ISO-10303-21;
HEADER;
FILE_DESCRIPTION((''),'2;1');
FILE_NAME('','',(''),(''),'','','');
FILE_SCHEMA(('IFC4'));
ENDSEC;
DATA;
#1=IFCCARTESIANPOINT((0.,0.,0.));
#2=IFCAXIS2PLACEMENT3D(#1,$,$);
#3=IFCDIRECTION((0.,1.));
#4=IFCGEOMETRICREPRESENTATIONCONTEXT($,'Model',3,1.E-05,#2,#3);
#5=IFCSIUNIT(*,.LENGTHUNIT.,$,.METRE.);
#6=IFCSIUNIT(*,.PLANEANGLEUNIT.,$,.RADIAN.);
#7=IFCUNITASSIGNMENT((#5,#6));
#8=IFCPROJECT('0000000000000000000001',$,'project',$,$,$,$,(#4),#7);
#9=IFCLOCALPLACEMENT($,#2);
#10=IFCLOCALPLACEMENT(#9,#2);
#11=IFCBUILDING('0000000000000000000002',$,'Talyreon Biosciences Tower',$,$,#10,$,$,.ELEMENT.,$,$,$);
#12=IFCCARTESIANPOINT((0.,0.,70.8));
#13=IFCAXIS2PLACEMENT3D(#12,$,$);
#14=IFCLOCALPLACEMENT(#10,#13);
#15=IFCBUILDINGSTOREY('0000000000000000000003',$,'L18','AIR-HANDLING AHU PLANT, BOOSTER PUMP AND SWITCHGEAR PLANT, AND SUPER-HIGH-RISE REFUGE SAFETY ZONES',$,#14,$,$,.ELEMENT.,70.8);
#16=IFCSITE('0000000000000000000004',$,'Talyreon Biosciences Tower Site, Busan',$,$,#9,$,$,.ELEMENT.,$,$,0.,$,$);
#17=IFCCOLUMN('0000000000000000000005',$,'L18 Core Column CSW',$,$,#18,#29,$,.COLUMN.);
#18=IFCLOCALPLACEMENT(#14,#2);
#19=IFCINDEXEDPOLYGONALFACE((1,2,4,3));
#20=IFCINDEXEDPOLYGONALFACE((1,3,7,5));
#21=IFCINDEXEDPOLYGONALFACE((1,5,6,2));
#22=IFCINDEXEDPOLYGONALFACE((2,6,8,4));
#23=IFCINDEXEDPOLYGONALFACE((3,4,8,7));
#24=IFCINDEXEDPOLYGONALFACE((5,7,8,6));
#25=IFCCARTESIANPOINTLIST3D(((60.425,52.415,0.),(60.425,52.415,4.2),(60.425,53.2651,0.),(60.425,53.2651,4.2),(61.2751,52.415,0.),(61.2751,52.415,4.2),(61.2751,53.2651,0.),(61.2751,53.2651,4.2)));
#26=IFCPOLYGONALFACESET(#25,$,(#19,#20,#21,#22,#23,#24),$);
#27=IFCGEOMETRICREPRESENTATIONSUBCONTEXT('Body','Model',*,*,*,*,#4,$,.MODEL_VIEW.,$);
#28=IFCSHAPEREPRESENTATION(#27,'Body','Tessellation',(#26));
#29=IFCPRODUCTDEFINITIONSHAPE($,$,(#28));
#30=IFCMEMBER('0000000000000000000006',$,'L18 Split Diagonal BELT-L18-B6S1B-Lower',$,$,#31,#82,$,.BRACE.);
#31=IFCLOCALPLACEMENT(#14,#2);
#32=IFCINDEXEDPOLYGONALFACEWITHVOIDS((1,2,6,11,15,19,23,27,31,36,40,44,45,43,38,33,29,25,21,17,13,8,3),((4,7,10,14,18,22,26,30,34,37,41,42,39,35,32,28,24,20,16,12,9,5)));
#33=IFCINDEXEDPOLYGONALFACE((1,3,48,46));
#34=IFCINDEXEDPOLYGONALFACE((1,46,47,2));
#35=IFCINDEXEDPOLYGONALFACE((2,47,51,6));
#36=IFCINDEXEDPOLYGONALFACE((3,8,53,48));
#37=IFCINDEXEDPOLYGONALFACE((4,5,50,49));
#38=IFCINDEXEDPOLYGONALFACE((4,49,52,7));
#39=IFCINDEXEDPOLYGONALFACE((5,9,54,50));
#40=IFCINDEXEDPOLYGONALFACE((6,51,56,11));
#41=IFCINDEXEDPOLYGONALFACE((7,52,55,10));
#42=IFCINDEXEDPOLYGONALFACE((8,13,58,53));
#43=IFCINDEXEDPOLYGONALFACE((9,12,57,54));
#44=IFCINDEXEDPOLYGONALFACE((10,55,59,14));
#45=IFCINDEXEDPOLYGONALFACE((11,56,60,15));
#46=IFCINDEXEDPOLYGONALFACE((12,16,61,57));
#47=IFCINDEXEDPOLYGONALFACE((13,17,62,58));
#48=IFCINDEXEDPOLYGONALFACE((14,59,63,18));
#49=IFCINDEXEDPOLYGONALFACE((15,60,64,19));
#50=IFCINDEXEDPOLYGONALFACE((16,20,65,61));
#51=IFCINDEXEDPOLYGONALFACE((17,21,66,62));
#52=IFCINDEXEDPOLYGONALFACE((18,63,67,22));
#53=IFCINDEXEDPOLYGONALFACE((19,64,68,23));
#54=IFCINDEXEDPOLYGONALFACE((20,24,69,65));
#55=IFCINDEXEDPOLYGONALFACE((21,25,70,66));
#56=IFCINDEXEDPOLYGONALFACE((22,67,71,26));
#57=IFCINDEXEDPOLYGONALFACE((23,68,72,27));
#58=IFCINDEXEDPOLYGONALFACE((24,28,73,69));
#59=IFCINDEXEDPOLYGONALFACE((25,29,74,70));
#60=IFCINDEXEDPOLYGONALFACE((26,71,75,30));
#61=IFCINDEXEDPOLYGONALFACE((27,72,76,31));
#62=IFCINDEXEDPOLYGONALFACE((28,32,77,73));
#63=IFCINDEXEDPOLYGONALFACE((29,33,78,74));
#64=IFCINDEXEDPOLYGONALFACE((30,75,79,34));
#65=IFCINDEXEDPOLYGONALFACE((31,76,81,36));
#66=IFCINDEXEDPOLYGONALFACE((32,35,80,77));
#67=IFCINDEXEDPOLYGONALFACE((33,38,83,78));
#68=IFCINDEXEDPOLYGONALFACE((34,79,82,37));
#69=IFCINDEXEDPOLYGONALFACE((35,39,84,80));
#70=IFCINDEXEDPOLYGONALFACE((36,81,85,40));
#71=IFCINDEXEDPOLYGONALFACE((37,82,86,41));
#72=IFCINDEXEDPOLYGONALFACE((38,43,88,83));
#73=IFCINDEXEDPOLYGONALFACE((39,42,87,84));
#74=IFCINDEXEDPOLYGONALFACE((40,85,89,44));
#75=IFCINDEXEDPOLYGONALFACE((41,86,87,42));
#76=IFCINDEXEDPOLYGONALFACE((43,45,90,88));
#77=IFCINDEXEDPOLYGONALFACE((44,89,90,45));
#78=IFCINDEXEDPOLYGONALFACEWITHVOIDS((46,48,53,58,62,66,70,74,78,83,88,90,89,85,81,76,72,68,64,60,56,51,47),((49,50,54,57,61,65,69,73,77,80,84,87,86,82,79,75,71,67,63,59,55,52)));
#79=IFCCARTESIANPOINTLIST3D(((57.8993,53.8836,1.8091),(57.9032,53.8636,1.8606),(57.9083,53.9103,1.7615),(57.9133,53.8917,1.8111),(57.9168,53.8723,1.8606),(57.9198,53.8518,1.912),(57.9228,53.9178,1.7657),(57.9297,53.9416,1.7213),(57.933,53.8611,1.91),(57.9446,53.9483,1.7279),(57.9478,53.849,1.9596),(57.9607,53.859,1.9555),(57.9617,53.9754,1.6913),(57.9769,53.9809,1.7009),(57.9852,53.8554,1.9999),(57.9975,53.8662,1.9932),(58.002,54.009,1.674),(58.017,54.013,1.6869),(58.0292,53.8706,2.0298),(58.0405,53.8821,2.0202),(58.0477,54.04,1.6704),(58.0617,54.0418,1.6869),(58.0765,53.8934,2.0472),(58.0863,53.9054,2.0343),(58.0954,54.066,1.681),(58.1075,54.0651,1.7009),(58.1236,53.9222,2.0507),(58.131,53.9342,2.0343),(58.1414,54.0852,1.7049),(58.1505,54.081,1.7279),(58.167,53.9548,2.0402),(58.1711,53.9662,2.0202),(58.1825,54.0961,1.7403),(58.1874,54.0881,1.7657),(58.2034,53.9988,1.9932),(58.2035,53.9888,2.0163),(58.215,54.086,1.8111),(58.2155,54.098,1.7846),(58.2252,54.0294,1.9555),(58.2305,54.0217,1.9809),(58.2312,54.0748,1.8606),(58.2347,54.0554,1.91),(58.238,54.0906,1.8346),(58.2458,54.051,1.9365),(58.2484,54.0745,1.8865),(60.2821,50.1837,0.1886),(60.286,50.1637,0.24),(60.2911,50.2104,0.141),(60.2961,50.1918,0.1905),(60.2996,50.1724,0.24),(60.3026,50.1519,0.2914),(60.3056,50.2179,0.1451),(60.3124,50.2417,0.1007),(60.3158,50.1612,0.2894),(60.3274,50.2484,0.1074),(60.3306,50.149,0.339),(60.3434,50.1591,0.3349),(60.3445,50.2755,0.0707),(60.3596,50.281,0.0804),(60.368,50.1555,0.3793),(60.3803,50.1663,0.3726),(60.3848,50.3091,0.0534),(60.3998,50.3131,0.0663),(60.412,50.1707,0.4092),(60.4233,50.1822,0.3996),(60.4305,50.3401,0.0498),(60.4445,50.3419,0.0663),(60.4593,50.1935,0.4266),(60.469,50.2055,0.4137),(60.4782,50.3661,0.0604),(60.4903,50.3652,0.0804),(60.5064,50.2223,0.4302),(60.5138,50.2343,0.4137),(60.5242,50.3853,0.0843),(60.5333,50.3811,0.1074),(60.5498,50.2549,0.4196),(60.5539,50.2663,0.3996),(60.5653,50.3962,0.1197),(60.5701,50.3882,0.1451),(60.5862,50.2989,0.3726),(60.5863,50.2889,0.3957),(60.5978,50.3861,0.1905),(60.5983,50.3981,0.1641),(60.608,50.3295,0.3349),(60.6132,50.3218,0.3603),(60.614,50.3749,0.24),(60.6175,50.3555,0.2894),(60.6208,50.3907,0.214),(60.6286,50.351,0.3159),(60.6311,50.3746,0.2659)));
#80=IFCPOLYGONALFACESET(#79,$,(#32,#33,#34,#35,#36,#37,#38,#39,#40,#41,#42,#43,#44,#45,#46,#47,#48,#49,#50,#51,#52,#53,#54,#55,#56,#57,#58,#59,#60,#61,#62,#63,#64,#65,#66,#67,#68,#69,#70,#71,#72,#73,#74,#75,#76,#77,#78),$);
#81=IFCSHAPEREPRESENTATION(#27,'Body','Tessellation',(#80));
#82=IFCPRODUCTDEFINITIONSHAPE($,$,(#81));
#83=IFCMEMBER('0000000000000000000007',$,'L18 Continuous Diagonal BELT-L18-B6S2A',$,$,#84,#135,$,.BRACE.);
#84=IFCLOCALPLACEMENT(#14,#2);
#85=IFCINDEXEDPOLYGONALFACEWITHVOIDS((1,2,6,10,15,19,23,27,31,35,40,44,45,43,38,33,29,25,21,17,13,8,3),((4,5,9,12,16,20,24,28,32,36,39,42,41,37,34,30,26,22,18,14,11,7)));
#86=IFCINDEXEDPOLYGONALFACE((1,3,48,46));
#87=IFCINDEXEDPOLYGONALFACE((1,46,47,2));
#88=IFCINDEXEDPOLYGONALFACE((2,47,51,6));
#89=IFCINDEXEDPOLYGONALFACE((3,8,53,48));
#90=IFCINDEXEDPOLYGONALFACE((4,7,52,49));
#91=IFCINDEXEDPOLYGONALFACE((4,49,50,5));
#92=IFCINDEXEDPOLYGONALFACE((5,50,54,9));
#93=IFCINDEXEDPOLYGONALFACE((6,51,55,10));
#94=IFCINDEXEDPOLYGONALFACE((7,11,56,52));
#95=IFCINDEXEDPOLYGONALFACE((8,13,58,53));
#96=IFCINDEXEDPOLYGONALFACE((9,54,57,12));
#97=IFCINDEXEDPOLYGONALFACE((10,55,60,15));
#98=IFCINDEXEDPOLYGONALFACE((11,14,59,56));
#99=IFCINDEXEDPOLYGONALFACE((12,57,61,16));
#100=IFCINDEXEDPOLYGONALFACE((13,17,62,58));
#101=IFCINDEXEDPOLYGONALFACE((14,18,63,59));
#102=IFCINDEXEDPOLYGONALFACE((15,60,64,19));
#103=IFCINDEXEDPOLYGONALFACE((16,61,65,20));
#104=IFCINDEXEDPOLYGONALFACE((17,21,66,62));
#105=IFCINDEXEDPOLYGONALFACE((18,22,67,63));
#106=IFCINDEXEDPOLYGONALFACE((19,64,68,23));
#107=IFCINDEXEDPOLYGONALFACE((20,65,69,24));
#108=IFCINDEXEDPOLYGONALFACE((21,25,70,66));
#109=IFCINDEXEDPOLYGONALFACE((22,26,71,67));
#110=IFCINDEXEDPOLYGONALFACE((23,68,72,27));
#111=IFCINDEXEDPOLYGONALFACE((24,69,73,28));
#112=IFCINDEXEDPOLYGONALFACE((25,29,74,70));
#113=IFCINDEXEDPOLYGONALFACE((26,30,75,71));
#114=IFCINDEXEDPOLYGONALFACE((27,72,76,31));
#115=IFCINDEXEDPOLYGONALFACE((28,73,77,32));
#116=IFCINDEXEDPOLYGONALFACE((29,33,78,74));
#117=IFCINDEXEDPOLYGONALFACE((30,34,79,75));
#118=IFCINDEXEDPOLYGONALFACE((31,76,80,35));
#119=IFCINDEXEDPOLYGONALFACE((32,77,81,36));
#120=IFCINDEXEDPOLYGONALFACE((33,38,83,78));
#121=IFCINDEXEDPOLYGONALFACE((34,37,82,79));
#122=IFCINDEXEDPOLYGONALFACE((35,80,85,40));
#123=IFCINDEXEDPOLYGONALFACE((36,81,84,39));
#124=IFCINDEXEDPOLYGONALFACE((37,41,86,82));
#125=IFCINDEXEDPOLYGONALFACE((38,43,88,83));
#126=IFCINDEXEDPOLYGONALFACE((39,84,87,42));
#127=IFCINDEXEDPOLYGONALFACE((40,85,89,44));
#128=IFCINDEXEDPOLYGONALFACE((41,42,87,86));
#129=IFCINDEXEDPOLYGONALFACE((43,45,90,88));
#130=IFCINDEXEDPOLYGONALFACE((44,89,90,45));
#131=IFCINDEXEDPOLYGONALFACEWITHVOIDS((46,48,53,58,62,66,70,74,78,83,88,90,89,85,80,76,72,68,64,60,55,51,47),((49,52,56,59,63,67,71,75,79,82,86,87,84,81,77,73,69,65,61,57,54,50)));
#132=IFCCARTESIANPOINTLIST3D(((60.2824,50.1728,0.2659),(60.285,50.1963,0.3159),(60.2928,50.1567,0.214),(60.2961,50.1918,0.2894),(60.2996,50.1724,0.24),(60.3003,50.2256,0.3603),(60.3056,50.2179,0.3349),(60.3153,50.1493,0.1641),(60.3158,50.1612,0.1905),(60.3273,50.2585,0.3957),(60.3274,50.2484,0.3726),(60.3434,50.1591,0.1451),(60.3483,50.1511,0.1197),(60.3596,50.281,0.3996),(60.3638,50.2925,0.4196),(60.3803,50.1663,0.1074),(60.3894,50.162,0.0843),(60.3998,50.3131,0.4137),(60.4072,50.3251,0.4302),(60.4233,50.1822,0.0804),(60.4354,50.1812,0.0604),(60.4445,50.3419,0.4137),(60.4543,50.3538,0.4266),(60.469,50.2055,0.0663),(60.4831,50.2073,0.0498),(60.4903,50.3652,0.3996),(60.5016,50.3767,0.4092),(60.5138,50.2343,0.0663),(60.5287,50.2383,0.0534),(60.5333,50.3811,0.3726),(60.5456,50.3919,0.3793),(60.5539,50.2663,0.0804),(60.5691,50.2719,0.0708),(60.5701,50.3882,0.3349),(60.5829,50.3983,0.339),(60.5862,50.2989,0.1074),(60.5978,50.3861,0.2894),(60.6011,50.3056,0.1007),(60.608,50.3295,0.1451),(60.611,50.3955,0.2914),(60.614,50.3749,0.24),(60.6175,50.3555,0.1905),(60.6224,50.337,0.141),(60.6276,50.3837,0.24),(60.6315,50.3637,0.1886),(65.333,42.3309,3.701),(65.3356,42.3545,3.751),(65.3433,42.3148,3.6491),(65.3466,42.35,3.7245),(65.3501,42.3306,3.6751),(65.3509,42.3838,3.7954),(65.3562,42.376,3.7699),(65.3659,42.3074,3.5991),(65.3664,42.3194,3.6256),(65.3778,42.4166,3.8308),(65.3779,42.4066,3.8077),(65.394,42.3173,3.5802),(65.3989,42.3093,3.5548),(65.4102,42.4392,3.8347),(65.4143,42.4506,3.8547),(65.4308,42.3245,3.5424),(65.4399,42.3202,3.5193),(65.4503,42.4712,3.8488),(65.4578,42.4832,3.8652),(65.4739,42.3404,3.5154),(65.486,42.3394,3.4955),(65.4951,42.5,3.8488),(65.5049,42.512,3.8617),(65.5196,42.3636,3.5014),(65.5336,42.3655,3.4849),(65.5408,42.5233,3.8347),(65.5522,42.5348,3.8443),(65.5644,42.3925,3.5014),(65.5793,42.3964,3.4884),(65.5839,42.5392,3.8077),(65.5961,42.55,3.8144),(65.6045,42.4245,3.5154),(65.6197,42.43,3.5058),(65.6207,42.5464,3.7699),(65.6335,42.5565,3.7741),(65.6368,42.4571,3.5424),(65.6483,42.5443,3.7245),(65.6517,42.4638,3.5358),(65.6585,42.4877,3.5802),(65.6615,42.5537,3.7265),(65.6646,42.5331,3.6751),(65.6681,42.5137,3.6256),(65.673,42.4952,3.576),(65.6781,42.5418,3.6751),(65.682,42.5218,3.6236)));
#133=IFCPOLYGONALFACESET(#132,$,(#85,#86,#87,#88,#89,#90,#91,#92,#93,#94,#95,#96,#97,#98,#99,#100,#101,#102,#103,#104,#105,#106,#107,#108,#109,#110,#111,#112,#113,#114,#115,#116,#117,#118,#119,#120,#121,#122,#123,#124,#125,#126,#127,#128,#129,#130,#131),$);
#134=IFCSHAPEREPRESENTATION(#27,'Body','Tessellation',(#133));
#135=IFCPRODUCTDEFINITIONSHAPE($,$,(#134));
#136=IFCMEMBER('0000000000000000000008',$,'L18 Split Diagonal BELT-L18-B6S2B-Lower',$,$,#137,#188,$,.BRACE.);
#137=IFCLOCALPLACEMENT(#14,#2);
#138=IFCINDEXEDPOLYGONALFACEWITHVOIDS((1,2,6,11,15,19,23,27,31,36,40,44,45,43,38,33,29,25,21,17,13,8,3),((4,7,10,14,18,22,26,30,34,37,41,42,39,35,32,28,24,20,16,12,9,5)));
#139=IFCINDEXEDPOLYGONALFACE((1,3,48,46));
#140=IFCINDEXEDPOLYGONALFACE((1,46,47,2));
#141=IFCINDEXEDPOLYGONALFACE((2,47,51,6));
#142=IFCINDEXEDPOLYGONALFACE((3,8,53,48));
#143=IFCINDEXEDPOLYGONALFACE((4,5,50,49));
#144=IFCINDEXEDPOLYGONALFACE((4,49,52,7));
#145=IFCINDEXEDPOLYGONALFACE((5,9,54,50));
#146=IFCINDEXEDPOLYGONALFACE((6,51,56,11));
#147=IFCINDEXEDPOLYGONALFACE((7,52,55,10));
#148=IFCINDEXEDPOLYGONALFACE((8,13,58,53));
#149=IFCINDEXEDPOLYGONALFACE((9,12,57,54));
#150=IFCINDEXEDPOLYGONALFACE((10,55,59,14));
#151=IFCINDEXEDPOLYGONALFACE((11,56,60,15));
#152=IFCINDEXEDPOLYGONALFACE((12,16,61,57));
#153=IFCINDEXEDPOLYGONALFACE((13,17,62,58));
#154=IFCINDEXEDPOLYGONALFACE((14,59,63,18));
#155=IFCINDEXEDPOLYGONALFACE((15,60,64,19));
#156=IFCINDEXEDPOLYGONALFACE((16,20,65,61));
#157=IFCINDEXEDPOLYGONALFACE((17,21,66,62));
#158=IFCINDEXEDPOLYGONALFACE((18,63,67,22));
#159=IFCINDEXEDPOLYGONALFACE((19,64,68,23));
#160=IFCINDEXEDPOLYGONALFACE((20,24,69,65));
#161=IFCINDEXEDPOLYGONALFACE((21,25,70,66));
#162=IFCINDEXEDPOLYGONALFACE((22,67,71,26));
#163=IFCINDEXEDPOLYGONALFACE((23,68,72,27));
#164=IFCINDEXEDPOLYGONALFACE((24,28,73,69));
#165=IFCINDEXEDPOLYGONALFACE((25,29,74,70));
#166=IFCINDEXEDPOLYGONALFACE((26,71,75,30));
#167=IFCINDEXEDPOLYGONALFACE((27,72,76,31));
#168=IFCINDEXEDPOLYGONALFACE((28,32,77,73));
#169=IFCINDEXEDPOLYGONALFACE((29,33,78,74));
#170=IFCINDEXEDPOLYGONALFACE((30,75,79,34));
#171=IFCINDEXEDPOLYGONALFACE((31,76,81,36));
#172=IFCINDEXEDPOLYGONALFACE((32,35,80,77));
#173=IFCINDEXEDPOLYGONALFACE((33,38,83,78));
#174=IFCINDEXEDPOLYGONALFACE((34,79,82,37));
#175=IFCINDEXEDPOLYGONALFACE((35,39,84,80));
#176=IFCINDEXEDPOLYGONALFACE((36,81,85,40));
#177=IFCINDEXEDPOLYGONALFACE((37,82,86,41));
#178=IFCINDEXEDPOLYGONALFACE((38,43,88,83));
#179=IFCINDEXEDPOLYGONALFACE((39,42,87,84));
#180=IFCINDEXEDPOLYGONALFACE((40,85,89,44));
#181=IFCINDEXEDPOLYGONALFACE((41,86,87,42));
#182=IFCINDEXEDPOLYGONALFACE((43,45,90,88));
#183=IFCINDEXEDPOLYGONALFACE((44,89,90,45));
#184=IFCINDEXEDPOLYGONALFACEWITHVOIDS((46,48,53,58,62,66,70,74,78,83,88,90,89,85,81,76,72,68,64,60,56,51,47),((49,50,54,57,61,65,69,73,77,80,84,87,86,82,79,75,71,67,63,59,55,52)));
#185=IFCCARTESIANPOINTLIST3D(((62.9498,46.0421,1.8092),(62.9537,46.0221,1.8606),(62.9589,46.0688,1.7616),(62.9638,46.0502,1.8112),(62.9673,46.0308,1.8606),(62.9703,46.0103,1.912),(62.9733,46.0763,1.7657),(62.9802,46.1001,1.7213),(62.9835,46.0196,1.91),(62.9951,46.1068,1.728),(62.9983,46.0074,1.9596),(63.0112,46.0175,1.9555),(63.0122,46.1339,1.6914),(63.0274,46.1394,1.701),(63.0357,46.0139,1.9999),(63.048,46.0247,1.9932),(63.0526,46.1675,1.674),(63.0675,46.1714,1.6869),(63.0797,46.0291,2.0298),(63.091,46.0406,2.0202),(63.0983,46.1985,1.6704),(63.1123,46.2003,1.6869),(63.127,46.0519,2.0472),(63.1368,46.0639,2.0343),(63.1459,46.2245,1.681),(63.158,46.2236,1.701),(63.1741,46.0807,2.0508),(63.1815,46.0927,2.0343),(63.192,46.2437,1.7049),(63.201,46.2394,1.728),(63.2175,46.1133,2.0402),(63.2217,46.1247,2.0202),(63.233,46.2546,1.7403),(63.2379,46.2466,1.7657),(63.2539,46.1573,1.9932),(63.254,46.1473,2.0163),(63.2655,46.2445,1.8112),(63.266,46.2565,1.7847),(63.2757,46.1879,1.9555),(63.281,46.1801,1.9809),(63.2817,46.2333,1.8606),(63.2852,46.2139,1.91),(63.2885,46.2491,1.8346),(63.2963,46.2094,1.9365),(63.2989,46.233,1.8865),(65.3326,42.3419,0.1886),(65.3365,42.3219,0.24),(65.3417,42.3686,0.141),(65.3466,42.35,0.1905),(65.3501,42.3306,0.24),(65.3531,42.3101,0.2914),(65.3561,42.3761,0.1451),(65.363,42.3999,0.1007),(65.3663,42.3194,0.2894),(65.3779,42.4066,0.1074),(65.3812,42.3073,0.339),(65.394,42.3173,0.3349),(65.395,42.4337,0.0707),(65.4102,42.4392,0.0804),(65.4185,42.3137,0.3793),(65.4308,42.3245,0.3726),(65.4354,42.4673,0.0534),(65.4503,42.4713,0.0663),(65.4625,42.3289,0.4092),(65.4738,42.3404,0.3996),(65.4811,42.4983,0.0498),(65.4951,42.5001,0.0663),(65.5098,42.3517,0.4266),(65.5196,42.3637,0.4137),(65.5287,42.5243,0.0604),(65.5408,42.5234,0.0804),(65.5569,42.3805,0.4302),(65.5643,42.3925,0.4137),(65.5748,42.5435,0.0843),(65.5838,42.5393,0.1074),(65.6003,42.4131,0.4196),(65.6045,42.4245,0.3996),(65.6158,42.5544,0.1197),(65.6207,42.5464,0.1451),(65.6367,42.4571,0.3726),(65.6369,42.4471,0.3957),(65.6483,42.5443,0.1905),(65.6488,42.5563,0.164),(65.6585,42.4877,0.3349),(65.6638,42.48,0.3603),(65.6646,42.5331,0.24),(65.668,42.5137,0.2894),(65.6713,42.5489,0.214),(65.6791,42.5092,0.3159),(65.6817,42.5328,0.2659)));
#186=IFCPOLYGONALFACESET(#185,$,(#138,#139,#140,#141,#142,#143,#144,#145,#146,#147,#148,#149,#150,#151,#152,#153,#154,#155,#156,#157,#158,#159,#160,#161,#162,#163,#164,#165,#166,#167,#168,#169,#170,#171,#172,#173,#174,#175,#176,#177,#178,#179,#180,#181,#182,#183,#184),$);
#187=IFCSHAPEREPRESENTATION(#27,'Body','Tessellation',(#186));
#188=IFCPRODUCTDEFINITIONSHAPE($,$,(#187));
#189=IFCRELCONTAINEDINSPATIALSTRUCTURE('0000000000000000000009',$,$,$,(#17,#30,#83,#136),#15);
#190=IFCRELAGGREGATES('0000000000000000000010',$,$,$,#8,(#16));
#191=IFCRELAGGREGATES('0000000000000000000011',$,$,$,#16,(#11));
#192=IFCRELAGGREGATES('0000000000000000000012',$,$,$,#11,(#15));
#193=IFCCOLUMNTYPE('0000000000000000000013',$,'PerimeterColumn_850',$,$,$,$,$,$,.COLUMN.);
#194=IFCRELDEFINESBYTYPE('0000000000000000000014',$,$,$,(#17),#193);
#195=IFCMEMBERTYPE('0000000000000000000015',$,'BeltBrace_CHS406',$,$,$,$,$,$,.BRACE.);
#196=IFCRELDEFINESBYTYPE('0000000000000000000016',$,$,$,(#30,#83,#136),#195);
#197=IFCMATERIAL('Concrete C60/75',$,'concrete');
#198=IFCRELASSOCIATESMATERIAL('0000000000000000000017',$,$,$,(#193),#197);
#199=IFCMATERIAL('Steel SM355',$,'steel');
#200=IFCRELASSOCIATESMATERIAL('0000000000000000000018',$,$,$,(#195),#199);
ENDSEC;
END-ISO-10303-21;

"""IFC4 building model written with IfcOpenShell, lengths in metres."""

from ifc_helpers import new_model, si_unit, direction, frame, origin, origin_2d, place, context, subcontext, project, spatial, rectangle, hollow_circle, extrude, material, material_profile, profile_set, type_object, element, save


model = new_model("IFC4")

# Units and contexts
model_context = context("Model", 3, precision=1e-05, world=origin(), true_north=direction((0.0, 1.0)))
body_context = subcontext(model_context, "Body", "Model", "MODEL_VIEW")
ifc_project = project(units=[si_unit("LENGTHUNIT", "METRE"), si_unit("PLANEANGLEUNIT", "RADIAN")], contexts=[model_context])

# Site, building, storey
site_placement = place(None, origin())
site = spatial("IfcSite", under=ifc_project, at=site_placement, Name="Talyreon Biosciences Tower Site, Busan", CompositionType="ELEMENT", RefElevation=0.0)
building_placement = place(site_placement, origin())
building = spatial("IfcBuilding", under=site, at=building_placement, Name="Talyreon Biosciences Tower", CompositionType="ELEMENT")
storey_placement = place(building_placement, frame((0.0, 0.0, 70.8)))
storey = spatial("IfcBuildingStorey", under=building, at=storey_placement, Name="L18", Description="AIR-HANDLING AHU PLANT, BOOSTER PUMP AND SWITCHGEAR PLANT, AND SUPER-HIGH-RISE REFUGE SAFETY ZONES", CompositionType="ELEMENT", Elevation=70.8)

# Column
ifc_material_1 = material(Name="Concrete C60/75", Category="concrete")
ifc_material_profile_1 = material_profile(ifc_material_1, rectangle(XDim=0.8501, YDim=0.8501, at=origin_2d()), Name="RC 850x850")
ifc_profile_set_1 = profile_set([ifc_material_profile_1], Name="Concrete C60/75")
column_type = type_object("IfcColumnType", Name="PerimeterColumn_850", PredefinedType="COLUMN", material=ifc_profile_set_1)
column_placement = place(storey_placement, frame((60.8501, 52.8401, 0.0), z_axis=(0.0, 0.0, 1.0), x_axis=(1.0, 0.0, 0.0)))
element("IfcColumn", 1, at=column_placement, inside=storey, type_object=column_type, Name="L18 Core Column CSW", PredefinedType="COLUMN", context=body_context, shape_type="SweptSolid", body=[
    extrude(rectangle(XDim=0.8501, YDim=0.8501, at=origin_2d()), origin(), (0.0, 0.0, 1.0), 4.2),
])

# Members
ifc_material_2 = material(Name="Steel SM355", Category="steel")
ifc_material_profile_2 = material_profile(ifc_material_2, hollow_circle(Radius=0.2031, WallThickness=0.0161, at=origin_2d()), Name="CHS 406.4x16")
ifc_profile_set_2 = profile_set([ifc_material_profile_2], Name="Steel SM355")
member_type_1 = type_object("IfcMemberType", Name="BeltBrace_CHS406", PredefinedType="BRACE", material=ifc_profile_set_2)
member_1_placement = place(storey_placement, frame((60.4568, 50.2737, 0.24), z_axis=(-0.508089, 0.788943, 0.345563), x_axis=(-0.840737, -0.541444, 0.0)))
element("IfcMember", 2, at=member_1_placement, inside=storey, type_object=member_type_1, Name="L18 Split Diagonal BELT-L18-B6S1B-Lower", PredefinedType="BRACE", context=body_context, shape_type="SweptSolid", body=[
    extrude(hollow_circle(Radius=0.2031, WallThickness=0.0161, at=origin_2d()), origin(), (0.0, 0.0, 1.0), 4.6897),
])
member_2_placement = place(storey_placement, frame((60.4568, 50.2737, 0.24), z_axis=(0.508108, -0.788922, 0.345583), x_axis=(0.840721, 0.541469, 0.0)))
element("IfcMember", 3, at=member_2_placement, inside=storey, type_object=member_type_1, Name="L18 Continuous Diagonal BELT-L18-B6S2A", PredefinedType="BRACE", context=body_context, shape_type="SweptSolid", body=[
    extrude(hollow_circle(Radius=0.2031, WallThickness=0.0161, at=origin_2d()), origin(), (0.0, 0.0, 1.0), 9.9399),
])
for number, where, z_axis, x_axis, name in (
    (4, (65.5073, 42.4319, 0.24), (-0.508068, 0.788963, 0.345549), (-0.840753, -0.541419, 0.0), "L18 Split Diagonal BELT-L18-B6S2B-Lower"),
):
    element("IfcMember", number, at=place(storey_placement, frame(where, z_axis=z_axis, x_axis=x_axis)), inside=storey, type_object=member_type_1, Name=name, PredefinedType="BRACE", context=body_context, shape_type="SweptSolid", body=[
        extrude(hollow_circle(Radius=0.2031, WallThickness=0.0161, at=origin_2d()), origin(), (0.0, 0.0, 1.0), 4.6899),
    ])

save(model, "model.ifc")
